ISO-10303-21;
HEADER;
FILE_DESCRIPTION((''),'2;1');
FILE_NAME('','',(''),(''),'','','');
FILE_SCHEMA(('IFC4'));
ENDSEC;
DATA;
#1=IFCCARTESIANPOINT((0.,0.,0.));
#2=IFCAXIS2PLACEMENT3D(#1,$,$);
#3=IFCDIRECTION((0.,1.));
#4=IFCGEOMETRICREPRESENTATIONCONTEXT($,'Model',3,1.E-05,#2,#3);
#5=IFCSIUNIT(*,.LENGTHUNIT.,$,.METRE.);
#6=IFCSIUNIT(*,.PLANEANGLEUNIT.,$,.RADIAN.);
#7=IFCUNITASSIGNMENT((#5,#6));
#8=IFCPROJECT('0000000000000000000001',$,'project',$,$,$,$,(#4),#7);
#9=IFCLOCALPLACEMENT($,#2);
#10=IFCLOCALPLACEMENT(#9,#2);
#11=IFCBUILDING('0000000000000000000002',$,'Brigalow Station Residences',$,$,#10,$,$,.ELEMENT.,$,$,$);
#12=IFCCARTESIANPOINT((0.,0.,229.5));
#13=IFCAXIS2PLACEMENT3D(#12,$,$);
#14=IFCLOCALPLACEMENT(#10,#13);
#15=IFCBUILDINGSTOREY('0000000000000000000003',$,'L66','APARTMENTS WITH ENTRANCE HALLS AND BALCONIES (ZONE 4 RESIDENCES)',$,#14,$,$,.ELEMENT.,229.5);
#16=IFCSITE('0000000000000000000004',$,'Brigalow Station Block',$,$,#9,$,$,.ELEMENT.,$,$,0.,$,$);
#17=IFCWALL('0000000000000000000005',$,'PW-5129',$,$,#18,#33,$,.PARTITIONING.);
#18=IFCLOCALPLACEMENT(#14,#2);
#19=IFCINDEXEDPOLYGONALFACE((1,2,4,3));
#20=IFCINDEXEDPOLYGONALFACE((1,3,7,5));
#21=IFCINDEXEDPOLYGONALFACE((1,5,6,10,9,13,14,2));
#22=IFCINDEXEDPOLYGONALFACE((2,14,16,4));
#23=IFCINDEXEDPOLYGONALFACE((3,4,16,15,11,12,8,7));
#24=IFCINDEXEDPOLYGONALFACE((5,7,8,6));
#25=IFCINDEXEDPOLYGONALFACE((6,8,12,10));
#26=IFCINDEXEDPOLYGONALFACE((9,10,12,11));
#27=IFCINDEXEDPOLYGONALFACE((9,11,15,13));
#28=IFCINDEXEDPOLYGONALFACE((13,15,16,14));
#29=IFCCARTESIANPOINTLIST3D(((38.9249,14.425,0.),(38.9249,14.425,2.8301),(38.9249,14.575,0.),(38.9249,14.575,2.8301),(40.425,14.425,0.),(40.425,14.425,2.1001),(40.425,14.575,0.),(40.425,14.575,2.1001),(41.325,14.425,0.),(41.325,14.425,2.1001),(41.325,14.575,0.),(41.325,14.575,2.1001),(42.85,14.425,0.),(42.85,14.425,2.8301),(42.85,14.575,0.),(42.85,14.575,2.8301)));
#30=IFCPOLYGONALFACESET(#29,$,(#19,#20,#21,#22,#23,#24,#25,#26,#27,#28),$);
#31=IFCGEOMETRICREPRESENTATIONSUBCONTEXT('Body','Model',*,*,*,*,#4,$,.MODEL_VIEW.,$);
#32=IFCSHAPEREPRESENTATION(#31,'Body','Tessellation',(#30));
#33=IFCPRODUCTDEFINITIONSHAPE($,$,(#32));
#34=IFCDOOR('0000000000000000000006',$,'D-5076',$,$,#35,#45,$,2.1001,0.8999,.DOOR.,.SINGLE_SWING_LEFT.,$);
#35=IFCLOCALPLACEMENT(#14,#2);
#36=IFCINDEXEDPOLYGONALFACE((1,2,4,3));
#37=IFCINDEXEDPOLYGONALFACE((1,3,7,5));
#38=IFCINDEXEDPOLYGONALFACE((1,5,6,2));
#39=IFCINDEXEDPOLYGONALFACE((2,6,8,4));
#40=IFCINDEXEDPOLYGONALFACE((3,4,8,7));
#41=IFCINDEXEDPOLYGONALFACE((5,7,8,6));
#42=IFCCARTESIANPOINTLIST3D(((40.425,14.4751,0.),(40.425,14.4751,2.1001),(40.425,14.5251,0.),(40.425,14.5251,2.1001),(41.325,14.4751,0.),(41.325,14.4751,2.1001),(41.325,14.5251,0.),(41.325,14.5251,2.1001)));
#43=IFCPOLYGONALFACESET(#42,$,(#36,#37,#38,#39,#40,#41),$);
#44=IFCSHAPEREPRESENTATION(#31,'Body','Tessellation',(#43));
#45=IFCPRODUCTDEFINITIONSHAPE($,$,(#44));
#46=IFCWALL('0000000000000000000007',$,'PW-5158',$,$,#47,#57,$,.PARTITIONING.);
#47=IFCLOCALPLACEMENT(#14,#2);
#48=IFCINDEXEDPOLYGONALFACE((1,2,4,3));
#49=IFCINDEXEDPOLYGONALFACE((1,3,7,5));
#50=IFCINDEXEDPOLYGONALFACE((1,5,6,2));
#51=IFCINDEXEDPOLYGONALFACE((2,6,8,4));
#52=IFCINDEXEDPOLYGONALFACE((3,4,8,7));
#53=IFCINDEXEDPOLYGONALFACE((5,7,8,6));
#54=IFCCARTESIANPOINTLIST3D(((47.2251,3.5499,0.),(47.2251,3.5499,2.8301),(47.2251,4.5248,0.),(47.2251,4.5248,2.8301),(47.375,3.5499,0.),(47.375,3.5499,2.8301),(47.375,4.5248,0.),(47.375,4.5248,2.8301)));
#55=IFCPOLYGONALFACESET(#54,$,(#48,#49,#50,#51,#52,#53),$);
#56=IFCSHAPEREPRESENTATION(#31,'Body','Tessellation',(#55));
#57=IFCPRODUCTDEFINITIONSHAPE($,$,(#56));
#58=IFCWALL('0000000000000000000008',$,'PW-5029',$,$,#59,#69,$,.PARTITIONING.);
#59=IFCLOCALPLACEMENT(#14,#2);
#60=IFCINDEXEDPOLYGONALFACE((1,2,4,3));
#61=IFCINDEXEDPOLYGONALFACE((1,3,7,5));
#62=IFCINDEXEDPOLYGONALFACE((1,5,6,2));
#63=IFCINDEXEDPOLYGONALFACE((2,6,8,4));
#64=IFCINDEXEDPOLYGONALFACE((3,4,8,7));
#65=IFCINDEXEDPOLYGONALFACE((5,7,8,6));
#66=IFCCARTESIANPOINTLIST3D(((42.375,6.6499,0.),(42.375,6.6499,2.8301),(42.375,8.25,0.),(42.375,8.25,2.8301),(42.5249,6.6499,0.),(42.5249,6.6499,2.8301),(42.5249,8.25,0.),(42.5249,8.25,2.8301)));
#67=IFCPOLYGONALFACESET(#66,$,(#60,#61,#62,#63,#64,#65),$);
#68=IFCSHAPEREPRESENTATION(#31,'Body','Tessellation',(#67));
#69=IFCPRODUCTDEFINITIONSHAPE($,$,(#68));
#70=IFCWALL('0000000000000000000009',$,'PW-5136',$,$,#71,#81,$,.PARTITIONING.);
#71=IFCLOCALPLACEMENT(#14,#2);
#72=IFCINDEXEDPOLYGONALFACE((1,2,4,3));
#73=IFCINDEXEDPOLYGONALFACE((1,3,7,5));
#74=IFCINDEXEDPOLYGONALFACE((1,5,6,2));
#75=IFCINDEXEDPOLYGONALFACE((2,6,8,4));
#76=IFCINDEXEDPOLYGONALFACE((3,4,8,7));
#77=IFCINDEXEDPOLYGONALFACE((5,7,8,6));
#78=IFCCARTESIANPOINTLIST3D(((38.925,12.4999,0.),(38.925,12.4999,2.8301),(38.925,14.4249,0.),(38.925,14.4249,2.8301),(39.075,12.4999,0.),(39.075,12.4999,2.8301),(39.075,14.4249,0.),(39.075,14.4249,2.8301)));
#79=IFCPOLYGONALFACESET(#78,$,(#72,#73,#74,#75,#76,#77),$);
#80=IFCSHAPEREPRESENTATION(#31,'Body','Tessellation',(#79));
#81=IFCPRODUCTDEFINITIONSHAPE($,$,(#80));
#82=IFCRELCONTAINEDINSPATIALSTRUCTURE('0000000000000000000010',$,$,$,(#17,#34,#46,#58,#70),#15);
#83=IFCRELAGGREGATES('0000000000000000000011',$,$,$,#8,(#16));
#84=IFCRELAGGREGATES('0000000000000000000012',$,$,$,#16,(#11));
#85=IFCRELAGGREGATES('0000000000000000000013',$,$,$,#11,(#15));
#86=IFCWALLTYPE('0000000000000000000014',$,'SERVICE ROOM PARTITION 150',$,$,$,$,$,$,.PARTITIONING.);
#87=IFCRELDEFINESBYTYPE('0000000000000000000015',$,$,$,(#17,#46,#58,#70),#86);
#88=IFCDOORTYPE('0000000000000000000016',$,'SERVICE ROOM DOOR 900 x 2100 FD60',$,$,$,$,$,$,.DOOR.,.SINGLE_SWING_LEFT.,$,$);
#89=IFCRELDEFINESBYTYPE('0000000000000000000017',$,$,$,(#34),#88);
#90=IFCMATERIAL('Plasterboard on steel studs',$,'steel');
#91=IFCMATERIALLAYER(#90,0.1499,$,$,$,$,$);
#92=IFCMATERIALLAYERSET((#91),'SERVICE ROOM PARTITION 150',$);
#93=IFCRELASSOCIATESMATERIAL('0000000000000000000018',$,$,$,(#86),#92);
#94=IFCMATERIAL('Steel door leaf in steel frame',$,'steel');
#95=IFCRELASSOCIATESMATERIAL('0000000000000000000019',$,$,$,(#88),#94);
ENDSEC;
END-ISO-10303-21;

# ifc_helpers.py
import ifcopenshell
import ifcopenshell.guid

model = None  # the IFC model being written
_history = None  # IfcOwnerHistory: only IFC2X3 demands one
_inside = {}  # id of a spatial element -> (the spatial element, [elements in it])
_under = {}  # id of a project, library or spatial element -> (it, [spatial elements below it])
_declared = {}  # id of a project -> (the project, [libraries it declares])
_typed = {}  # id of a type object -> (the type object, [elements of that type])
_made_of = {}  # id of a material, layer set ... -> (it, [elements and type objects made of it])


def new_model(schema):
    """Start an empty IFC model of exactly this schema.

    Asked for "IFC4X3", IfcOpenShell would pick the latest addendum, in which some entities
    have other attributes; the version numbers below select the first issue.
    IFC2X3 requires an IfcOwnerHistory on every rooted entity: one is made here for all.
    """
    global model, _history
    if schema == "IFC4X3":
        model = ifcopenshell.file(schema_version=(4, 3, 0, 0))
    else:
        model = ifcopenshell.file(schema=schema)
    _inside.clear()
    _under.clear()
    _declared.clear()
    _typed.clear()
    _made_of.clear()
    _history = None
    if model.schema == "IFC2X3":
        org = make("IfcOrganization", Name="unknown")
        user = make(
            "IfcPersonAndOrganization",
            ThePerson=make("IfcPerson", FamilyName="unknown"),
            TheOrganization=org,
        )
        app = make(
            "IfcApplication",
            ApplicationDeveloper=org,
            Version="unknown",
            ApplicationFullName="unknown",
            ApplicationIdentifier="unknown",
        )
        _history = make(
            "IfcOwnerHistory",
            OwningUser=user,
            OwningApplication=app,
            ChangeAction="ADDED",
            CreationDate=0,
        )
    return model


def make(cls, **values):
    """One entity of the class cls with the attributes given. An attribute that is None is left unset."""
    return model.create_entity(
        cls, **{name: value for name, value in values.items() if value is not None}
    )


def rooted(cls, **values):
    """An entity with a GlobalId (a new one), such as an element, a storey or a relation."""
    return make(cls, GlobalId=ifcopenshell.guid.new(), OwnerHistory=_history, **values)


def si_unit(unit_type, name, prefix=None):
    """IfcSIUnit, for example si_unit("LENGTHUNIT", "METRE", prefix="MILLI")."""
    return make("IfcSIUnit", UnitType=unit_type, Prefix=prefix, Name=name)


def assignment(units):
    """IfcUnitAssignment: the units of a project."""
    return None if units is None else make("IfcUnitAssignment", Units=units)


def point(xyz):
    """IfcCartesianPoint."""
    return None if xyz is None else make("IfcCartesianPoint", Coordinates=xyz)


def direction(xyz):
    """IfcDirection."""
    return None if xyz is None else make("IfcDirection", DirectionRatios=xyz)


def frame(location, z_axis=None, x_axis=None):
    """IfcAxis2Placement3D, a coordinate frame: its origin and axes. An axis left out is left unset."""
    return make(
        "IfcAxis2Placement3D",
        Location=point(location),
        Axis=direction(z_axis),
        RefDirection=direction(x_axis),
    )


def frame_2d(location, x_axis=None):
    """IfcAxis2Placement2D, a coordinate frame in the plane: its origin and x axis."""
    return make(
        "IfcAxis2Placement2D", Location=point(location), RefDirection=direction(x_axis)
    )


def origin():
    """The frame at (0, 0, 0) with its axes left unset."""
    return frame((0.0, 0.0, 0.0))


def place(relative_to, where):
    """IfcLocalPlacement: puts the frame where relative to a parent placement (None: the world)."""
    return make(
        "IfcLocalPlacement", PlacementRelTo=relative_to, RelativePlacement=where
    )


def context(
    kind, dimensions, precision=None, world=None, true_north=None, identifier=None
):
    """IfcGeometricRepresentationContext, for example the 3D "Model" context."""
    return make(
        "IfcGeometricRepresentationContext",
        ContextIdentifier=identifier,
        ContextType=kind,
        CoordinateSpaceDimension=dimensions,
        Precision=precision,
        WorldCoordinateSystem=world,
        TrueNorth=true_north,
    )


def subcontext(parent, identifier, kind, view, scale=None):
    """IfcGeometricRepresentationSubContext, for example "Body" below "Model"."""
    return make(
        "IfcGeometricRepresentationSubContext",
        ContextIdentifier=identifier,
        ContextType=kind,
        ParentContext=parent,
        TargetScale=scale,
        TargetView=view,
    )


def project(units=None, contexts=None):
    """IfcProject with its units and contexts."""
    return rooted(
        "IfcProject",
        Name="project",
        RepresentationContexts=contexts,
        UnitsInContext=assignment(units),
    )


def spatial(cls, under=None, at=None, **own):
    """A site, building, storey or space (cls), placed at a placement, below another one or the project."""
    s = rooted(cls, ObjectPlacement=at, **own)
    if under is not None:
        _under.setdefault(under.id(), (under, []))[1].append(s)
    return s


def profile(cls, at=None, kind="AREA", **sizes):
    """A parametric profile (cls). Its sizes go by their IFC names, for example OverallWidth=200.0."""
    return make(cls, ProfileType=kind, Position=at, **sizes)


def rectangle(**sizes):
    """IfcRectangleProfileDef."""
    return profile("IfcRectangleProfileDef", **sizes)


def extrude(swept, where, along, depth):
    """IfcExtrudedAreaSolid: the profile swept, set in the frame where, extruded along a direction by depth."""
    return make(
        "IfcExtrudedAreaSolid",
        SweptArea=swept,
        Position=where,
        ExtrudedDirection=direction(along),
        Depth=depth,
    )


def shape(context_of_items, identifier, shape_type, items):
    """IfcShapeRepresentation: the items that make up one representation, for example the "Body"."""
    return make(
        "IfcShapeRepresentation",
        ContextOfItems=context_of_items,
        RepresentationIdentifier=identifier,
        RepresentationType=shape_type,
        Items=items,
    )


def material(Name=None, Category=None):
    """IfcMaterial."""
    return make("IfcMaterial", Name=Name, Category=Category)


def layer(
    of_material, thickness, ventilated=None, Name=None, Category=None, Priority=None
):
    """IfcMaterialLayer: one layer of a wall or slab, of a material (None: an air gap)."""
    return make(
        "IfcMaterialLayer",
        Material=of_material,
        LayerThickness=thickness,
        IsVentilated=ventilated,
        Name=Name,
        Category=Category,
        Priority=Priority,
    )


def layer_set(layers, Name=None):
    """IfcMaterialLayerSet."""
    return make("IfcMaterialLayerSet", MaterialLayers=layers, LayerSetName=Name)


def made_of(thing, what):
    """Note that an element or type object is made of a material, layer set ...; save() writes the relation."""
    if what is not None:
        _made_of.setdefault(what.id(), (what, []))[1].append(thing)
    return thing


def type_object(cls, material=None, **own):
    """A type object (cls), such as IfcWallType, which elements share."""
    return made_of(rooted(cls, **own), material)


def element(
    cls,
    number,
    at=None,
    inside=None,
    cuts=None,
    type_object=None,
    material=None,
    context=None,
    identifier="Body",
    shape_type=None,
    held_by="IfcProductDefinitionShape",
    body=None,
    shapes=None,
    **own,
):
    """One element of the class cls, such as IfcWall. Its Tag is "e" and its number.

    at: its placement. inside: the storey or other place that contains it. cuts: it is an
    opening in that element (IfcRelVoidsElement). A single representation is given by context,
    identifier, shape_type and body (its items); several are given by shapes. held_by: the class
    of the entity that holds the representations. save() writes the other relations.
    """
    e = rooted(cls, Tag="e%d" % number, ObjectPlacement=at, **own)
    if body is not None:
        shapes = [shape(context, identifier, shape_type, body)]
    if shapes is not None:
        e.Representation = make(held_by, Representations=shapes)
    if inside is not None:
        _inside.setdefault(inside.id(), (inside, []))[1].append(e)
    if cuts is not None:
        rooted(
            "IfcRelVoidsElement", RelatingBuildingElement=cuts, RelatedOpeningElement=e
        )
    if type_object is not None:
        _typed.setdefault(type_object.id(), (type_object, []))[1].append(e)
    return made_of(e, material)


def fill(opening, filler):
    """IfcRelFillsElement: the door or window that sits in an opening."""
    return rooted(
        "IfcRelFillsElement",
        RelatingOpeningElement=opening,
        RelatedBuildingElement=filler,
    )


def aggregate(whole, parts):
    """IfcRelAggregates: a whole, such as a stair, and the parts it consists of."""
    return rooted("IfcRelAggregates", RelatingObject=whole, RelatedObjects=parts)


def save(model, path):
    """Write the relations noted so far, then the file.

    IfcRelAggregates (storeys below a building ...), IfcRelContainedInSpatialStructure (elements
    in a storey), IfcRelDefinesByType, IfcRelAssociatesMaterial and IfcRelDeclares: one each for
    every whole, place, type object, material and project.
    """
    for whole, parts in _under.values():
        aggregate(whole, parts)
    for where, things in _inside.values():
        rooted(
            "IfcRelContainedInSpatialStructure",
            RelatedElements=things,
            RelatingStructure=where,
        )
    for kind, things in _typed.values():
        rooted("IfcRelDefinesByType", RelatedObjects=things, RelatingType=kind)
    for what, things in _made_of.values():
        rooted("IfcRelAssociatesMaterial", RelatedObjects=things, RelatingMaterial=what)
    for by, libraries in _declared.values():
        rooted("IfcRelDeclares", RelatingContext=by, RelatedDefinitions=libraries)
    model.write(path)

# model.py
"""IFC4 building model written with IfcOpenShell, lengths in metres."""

from ifc_helpers import new_model, si_unit, direction, frame, frame_2d, origin, place, context, subcontext, project, spatial, rectangle, extrude, material, layer, layer_set, type_object, element, fill, save


model = new_model("IFC4")

# Units and contexts
model_context = context("Model", 3, precision=1e-05, world=origin(), true_north=direction((0.0, 1.0)))
body_context = subcontext(model_context, "Body", "Model", "MODEL_VIEW")
ifc_project = project(units=[si_unit("LENGTHUNIT", "METRE"), si_unit("PLANEANGLEUNIT", "RADIAN")], contexts=[model_context])

# Site, building, storey
site_placement = place(None, origin())
site = spatial("IfcSite", under=ifc_project, at=site_placement, Name="Brigalow Station Block", CompositionType="ELEMENT", RefElevation=0.0)
building_placement = place(site_placement, origin())
building = spatial("IfcBuilding", under=site, at=building_placement, Name="Brigalow Station Residences", CompositionType="ELEMENT")
storey_placement = place(building_placement, frame((0.0, 0.0, 229.5)))
storey = spatial("IfcBuildingStorey", under=building, at=storey_placement, Name="L66", Description="APARTMENTS WITH ENTRANCE HALLS AND BALCONIES (ZONE 4 RESIDENCES)", CompositionType="ELEMENT", Elevation=229.5)

# Wall, opening, door
ifc_material_1 = material(Name="Plasterboard on steel studs", Category="steel")
ifc_layer_1 = layer(ifc_material_1, 0.1499)
ifc_layer_set_1 = layer_set([ifc_layer_1], Name="SERVICE ROOM PARTITION 150")
wall_type_1 = type_object("IfcWallType", Name="SERVICE ROOM PARTITION 150", PredefinedType="PARTITIONING", material=ifc_layer_set_1)
ifc_material_2 = material(Name="Steel door leaf in steel frame", Category="steel")
door_type_1 = type_object("IfcDoorType", Name="SERVICE ROOM DOOR 900 x 2100 FD60", OperationType="SINGLE_SWING_LEFT", PredefinedType="DOOR", material=ifc_material_2)
wall_1_placement = place(storey_placement, frame((38.925, 14.5, 0.0), z_axis=(0.0, 0.0, 1.0), x_axis=(1.0, 0.0, 0.0)))
wall_1 = element("IfcWall", 1, at=wall_1_placement, inside=storey, type_object=wall_type_1, Name="PW-5129", PredefinedType="PARTITIONING", context=body_context, shape_type="SweptSolid", body=[
    extrude(rectangle(XDim=3.925, YDim=0.1499, at=frame_2d((1.9624, 0.0))), origin(), (0.0, 0.0, 1.0), 2.8301),
])
opening_1_placement = place(wall_1_placement, frame((1.5, 0.0, 0.0)))
opening_1 = element("IfcOpeningElement", 2, at=opening_1_placement, cuts=wall_1, PredefinedType="OPENING", context=body_context, shape_type="SweptSolid", body=[
    extrude(rectangle(XDim=0.8999, YDim=2.1001, at=frame_2d((0.45, 1.05))), frame((0.0, 0.085, 0.0), z_axis=(0.0, -1.0, 0.0), x_axis=(1.0, 0.0, 0.0)), (0.0, 0.0, 1.0), 0.1699),
])
door_1_placement = place(opening_1_placement, frame((0.8999, 0.0, 0.0), z_axis=(0.0, 0.0, 1.0), x_axis=(-1.0, 0.0, 0.0)))
door_1 = element("IfcDoor", 3, at=door_1_placement, inside=storey, type_object=door_type_1, Name="D-5076", OperationType="SINGLE_SWING_LEFT", OverallHeight=2.1001, OverallWidth=0.8999, PredefinedType="DOOR", context=body_context, shape_type="SweptSolid", body=[
    extrude(rectangle(XDim=0.8999, YDim=2.1001, at=frame_2d((0.45, 1.05))), frame((0.0, 0.0249, 0.0), z_axis=(0.0, -1.0, 0.0), x_axis=(1.0, 0.0, 0.0)), (0.0, 0.0, 1.0), 0.05),
])
fill(opening_1, door_1)

# Walls
wall_2_placement = place(storey_placement, frame((47.3, 3.55, 0.0), z_axis=(0.0, 0.0, 1.0), x_axis=(0.0, 1.0, 0.0)))
element("IfcWall", 4, at=wall_2_placement, inside=storey, type_object=wall_type_1, Name="PW-5158", PredefinedType="PARTITIONING", context=body_context, shape_type="SweptSolid", body=[
    extrude(rectangle(XDim=0.9749, YDim=0.1499, at=frame_2d((0.4873, 0.0))), origin(), (0.0, 0.0, 1.0), 2.8301),
])
wall_3_placement = place(storey_placement, frame((42.45, 6.6499, 0.0), z_axis=(0.0, 0.0, 1.0), x_axis=(0.0, 1.0, 0.0)))
element("IfcWall", 5, at=wall_3_placement, inside=storey, type_object=wall_type_1, Name="PW-5029", PredefinedType="PARTITIONING", context=body_context, shape_type="SweptSolid", body=[
    extrude(rectangle(XDim=1.6001, YDim=0.1499, at=frame_2d((0.8, 0.0))), origin(), (0.0, 0.0, 1.0), 2.8301),
])
wall_4_placement = place(storey_placement, frame((39.0, 12.5, 0.0), z_axis=(0.0, 0.0, 1.0), x_axis=(0.0, 1.0, 0.0)))
element("IfcWall", 6, at=wall_4_placement, inside=storey, type_object=wall_type_1, Name="PW-5136", PredefinedType="PARTITIONING", context=body_context, shape_type="SweptSolid", body=[
    extrude(rectangle(XDim=1.925, YDim=0.1499, at=frame_2d((0.9624, 0.0))), origin(), (0.0, 0.0, 1.0), 2.8301),
])

save(model, "model.ifc")
